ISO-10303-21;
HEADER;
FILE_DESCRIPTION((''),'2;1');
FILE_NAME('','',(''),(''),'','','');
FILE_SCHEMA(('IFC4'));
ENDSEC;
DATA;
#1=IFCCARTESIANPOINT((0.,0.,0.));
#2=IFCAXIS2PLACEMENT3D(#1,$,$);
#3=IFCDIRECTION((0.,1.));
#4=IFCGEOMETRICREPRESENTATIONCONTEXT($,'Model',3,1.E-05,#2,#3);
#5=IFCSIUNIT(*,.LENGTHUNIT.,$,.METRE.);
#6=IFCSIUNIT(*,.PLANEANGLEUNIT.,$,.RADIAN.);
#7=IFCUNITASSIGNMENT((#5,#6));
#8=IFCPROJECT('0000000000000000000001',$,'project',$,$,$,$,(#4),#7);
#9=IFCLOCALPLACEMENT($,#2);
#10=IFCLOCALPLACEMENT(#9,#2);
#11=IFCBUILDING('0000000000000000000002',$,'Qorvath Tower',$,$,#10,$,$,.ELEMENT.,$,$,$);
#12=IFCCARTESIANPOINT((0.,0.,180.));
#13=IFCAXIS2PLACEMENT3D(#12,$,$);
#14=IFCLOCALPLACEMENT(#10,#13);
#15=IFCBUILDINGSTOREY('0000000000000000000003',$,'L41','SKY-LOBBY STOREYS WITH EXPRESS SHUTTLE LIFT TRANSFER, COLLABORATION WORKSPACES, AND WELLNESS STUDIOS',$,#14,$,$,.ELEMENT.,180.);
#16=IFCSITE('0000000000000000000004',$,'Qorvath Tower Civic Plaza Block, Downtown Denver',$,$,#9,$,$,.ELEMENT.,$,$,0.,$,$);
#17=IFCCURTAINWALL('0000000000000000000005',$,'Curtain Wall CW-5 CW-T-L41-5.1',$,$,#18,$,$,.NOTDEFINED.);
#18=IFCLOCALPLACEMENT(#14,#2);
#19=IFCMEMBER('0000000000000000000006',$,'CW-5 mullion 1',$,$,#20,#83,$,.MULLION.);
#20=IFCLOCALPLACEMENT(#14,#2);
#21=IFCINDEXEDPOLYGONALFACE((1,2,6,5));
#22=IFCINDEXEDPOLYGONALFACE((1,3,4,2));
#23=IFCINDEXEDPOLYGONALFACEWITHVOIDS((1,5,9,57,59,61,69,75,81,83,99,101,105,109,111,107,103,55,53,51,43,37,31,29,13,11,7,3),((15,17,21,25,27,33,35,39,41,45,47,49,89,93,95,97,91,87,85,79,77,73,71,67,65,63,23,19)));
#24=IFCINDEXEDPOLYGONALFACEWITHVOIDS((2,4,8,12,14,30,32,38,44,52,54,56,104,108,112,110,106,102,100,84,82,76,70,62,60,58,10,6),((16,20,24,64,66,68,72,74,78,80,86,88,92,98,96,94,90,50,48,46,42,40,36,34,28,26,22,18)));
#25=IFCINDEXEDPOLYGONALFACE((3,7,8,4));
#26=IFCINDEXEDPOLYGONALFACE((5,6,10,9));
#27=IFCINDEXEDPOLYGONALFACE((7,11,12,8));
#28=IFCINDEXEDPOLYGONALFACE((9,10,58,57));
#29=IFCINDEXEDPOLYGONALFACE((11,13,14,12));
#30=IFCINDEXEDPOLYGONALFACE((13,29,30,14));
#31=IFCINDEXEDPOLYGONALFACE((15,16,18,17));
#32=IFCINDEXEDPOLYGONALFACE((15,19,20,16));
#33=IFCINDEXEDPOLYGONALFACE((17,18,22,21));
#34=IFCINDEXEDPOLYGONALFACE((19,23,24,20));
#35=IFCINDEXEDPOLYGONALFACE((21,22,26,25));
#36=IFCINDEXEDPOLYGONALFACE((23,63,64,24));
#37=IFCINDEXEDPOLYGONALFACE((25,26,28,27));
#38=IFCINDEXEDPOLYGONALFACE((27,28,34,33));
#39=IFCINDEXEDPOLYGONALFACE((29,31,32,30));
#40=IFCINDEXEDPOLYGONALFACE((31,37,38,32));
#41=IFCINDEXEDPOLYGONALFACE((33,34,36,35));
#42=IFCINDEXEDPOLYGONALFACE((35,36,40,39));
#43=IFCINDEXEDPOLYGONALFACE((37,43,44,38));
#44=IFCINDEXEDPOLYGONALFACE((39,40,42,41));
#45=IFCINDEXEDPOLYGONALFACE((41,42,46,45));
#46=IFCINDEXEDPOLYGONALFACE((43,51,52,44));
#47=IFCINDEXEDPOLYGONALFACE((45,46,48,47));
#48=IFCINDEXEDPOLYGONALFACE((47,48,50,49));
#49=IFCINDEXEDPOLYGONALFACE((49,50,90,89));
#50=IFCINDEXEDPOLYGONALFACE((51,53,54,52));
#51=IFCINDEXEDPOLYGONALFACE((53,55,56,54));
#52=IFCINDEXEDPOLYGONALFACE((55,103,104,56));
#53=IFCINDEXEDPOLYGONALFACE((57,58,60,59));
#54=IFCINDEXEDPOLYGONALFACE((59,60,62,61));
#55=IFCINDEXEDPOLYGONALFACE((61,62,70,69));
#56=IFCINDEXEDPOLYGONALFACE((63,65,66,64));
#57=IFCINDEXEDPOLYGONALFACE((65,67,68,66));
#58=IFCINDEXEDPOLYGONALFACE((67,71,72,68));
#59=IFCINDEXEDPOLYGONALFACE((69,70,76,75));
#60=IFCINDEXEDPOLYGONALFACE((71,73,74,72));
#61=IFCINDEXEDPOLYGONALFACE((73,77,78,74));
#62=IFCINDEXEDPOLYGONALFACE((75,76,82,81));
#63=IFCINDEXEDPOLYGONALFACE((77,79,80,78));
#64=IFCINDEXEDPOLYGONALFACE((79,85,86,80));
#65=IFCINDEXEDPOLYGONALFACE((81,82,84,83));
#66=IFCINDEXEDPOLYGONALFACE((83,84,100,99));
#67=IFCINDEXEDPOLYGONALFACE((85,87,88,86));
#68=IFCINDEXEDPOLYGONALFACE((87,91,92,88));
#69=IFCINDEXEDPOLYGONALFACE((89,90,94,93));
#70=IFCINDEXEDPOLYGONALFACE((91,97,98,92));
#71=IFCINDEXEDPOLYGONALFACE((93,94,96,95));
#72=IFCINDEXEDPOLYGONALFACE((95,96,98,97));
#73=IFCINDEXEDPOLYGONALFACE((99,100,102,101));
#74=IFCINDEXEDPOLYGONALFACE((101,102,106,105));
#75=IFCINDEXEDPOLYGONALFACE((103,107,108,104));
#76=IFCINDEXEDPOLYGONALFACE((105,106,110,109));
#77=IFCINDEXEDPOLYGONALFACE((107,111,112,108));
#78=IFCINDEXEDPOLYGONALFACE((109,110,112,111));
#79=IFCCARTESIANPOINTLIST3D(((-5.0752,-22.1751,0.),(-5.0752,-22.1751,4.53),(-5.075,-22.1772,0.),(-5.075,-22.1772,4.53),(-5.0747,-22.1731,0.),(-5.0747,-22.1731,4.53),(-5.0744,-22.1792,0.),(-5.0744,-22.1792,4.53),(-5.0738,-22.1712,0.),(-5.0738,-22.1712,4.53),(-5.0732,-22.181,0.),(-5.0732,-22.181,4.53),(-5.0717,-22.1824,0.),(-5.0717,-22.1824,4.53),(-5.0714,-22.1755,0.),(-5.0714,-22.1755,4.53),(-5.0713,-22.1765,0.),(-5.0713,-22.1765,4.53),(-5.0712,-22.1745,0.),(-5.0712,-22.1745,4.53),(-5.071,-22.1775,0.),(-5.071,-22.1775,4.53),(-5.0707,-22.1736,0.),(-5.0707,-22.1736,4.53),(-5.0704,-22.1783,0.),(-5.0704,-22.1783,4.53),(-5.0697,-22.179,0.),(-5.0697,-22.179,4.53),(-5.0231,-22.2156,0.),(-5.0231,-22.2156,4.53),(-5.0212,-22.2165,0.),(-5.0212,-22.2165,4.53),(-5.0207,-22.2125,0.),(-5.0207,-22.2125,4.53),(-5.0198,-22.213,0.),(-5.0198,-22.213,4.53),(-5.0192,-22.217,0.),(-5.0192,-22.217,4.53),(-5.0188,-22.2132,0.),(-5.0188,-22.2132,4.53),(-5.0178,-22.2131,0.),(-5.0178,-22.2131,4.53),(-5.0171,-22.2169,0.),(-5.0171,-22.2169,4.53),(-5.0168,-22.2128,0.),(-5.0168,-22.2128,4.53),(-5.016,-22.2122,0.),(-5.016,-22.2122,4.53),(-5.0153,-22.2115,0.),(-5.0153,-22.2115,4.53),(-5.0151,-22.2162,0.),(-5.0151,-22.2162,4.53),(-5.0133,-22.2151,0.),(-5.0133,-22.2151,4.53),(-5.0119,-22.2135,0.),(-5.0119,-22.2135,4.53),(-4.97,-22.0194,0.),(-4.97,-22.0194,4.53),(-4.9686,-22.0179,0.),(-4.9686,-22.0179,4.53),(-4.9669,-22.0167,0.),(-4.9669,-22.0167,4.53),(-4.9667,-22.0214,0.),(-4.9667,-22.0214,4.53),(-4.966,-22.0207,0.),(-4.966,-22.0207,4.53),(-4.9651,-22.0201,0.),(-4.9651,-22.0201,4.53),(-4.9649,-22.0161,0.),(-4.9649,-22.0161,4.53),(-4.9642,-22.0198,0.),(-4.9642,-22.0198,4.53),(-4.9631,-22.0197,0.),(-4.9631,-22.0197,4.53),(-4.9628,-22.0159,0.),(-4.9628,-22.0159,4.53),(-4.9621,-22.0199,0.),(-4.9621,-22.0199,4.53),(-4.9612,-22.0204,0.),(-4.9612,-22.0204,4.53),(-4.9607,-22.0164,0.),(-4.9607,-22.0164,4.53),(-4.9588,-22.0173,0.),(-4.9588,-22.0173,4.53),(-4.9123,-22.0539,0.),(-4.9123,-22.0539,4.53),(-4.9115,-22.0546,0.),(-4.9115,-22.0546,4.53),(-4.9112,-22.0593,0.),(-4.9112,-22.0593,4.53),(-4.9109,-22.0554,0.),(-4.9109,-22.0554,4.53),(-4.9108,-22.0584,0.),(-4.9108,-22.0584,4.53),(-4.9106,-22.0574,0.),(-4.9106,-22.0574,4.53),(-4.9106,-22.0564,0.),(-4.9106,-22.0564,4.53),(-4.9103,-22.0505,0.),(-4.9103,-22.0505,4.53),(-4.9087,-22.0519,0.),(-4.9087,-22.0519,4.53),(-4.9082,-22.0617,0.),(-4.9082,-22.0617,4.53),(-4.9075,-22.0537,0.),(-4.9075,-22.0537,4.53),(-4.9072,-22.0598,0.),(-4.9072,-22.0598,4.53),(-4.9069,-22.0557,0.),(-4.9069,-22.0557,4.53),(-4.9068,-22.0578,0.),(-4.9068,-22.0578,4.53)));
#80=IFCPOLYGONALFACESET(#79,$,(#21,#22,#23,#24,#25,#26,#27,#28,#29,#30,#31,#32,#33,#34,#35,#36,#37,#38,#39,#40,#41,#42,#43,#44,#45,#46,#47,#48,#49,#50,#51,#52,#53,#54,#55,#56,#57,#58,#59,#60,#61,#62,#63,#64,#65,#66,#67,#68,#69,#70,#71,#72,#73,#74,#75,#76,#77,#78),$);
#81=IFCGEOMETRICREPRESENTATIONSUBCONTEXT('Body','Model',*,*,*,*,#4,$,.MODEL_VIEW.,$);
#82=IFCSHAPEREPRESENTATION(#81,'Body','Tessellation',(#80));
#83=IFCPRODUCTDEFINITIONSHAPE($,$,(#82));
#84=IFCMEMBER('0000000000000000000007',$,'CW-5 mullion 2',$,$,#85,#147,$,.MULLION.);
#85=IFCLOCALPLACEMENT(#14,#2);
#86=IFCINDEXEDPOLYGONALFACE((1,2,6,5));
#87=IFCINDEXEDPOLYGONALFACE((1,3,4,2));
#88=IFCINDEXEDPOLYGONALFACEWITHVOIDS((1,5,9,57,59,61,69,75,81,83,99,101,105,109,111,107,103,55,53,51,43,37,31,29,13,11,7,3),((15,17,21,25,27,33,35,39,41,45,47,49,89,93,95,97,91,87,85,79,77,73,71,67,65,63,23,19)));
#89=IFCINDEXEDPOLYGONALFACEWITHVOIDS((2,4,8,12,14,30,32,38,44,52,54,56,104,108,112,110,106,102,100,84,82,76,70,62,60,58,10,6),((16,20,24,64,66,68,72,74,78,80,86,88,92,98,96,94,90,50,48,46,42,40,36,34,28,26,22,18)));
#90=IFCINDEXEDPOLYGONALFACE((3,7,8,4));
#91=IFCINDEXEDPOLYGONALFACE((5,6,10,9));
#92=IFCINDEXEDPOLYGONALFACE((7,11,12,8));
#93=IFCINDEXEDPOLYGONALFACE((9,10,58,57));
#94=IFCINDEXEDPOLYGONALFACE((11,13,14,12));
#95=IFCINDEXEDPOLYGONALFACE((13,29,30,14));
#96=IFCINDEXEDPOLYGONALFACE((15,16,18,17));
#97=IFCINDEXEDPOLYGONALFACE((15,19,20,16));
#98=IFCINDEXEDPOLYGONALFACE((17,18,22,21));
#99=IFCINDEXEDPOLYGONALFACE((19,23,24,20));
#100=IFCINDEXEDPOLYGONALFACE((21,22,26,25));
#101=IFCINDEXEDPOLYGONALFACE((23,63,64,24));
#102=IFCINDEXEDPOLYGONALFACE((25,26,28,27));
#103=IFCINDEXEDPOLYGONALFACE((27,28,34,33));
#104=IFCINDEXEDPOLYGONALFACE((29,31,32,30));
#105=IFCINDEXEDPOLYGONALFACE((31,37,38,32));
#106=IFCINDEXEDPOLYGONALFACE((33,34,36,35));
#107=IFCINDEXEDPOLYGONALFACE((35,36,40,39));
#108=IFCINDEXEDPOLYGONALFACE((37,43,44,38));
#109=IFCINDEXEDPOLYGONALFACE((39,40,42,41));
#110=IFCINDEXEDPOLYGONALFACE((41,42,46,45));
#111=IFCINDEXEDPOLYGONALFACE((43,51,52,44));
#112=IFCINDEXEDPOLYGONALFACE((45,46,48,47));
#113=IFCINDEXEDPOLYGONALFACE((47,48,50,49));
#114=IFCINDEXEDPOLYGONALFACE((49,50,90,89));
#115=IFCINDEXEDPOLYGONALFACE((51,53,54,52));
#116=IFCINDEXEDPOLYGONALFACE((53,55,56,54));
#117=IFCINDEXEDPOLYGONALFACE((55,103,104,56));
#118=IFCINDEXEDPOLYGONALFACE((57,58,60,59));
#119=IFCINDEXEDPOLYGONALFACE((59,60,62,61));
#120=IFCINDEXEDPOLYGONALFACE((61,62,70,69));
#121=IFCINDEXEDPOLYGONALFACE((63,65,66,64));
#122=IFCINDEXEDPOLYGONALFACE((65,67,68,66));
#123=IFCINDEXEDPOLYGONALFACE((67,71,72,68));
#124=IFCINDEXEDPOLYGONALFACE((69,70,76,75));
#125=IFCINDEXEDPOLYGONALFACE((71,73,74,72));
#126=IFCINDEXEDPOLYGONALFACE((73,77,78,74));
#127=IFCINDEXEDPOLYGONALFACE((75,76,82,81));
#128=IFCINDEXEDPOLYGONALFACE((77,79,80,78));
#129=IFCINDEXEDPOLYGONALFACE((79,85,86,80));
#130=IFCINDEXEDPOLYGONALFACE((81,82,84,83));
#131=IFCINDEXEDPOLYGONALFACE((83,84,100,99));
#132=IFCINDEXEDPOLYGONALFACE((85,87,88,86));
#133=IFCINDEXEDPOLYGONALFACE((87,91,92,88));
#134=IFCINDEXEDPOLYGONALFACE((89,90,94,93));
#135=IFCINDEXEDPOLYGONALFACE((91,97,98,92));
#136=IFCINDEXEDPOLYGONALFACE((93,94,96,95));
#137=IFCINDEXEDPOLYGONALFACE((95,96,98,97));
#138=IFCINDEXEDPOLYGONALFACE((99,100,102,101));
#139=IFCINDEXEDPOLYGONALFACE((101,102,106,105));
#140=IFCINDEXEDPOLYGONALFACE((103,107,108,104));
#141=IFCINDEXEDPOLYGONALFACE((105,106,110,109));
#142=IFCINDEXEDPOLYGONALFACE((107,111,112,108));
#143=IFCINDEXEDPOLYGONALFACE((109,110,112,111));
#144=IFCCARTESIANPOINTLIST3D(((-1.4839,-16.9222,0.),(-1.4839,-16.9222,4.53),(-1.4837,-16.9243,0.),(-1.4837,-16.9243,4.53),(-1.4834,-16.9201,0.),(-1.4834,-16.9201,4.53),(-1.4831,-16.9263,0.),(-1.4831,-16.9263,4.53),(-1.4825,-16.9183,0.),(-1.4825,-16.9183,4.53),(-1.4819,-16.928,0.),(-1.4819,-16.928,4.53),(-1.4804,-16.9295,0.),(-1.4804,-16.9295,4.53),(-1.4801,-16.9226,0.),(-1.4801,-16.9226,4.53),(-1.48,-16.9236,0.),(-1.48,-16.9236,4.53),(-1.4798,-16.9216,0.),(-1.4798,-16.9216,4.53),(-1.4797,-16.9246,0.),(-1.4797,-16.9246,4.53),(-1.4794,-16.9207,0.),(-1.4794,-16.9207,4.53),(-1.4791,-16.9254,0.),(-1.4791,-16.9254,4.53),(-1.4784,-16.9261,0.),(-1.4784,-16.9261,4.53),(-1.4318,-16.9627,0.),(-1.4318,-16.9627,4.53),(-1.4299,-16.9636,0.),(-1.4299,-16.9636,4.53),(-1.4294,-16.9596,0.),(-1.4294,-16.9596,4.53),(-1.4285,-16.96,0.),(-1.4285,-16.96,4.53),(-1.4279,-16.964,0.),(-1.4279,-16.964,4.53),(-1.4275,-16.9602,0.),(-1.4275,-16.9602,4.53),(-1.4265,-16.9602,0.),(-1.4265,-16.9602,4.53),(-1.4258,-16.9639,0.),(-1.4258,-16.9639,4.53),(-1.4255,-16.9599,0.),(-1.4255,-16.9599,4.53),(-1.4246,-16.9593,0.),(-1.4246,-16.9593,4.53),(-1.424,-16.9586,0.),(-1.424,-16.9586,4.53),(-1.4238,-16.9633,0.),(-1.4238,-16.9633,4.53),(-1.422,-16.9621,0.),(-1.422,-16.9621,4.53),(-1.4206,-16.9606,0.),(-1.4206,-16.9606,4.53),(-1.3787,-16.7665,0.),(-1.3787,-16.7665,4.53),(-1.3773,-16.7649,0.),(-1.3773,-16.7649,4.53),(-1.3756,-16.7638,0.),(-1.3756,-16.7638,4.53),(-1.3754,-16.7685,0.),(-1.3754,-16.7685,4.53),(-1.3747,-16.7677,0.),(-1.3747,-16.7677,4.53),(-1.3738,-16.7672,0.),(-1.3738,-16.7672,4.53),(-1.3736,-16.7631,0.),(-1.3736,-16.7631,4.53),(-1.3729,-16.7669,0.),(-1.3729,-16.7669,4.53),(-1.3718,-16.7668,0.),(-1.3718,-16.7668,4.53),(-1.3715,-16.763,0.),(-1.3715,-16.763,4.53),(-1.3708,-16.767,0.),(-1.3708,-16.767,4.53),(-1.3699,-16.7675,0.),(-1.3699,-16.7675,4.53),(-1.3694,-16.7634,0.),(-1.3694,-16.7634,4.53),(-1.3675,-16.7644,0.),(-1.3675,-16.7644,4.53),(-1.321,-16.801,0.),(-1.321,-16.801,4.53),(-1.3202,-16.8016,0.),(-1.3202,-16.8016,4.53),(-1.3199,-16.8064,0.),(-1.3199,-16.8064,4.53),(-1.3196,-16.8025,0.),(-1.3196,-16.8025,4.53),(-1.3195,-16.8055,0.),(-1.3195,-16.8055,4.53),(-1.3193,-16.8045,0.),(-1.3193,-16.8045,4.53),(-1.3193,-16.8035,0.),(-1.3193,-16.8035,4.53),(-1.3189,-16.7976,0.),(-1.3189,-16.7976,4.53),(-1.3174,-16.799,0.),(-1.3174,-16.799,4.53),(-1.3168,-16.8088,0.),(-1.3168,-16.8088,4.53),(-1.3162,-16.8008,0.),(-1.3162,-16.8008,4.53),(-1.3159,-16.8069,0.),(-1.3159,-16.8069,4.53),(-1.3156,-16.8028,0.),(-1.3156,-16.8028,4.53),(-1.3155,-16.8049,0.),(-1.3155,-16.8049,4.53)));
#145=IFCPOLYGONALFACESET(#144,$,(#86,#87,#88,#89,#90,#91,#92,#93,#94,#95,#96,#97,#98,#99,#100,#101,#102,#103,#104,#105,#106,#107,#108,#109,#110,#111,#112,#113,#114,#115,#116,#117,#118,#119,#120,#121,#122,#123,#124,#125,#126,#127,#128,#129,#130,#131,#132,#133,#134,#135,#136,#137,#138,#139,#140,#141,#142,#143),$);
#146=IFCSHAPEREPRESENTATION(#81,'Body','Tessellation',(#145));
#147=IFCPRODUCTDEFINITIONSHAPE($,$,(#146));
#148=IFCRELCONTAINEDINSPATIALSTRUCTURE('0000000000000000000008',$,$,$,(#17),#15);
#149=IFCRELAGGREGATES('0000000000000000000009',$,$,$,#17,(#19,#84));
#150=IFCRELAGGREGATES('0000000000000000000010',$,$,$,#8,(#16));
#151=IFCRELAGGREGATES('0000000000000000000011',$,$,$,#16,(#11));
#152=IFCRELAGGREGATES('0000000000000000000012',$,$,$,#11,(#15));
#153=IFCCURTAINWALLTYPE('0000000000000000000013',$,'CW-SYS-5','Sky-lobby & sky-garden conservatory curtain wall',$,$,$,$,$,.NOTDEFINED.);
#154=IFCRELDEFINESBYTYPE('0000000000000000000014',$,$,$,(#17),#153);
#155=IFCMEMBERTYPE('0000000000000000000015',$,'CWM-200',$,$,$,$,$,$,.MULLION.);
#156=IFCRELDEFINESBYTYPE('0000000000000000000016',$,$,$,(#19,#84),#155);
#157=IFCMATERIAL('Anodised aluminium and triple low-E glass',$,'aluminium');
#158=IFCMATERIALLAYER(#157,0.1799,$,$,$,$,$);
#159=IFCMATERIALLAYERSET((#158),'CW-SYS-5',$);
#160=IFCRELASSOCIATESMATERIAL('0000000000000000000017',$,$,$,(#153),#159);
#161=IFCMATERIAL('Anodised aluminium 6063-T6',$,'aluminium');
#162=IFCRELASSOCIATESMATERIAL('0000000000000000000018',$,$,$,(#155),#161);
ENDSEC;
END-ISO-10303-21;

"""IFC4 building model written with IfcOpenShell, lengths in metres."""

from ifc_helpers import new_model, si_unit, direction, frame, origin, origin_2d, place, context, subcontext, project, spatial, hollow_rectangle, extrude, material, layer, layer_set, material_profile, profile_set, type_object, element, aggregate, save


model = new_model("IFC4")

# Units and contexts
model_context = context("Model", 3, precision=1e-05, world=origin(), true_north=direction((0.0, 1.0)))
body_context = subcontext(model_context, "Body", "Model", "MODEL_VIEW")
ifc_project = project(units=[si_unit("LENGTHUNIT", "METRE"), si_unit("PLANEANGLEUNIT", "RADIAN")], contexts=[model_context])

# Site, building, storey
site_placement = place(None, origin())
site = spatial("IfcSite", under=ifc_project, at=site_placement, Name="Qorvath Tower Civic Plaza Block, Downtown Denver", CompositionType="ELEMENT", RefElevation=0.0)
building_placement = place(site_placement, origin())
building = spatial("IfcBuilding", under=site, at=building_placement, Name="Qorvath Tower", CompositionType="ELEMENT")
storey_placement = place(building_placement, frame((0.0, 0.0, 180.0)))
storey = spatial("IfcBuildingStorey", under=building, at=storey_placement, Name="L41", Description="SKY-LOBBY STOREYS WITH EXPRESS SHUTTLE LIFT TRANSFER, COLLABORATION WORKSPACES, AND WELLNESS STUDIOS", CompositionType="ELEMENT", Elevation=180.0)

# Curtain wall, members
ifc_material_1 = material(Name="Anodised aluminium and triple low-E glass", Category="aluminium")
ifc_layer_1 = layer(ifc_material_1, 0.1799)
ifc_layer_set_1 = layer_set([ifc_layer_1], Name="CW-SYS-5")
curtain_wall_type = type_object("IfcCurtainWallType", Name="CW-SYS-5", Description="Sky-lobby & sky-garden conservatory curtain wall", PredefinedType="NOTDEFINED", material=ifc_layer_set_1)
ifc_material_2 = material(Name="Anodised aluminium 6063-T6", Category="aluminium")
ifc_material_profile_1 = material_profile(ifc_material_2, hollow_rectangle(XDim=0.075, YDim=0.2, WallThickness=0.0039, InnerFilletRadius=0.0039, OuterFilletRadius=0.0081, at=origin_2d()), Name="CWM 200x75")
ifc_profile_set_1 = profile_set([ifc_material_profile_1], Name="Anodised aluminium 6063-T6")
member_type_1 = type_object("IfcMemberType", Name="CWM-200", PredefinedType="MULLION", material=ifc_profile_set_1)
curtain_wall_1_placement = place(storey_placement, origin())
curtain_wall_1 = element("IfcCurtainWall", 1, at=curtain_wall_1_placement, inside=storey, type_object=curtain_wall_type, Name="Curtain Wall CW-5 CW-T-L41-5.1", PredefinedType="NOTDEFINED")
member_1_placement = place(storey_placement, frame((-4.991, -22.1165, 0.0), z_axis=(0.0, 0.0, 1.0), x_axis=(-0.825508, 0.56439, 0.0)))
member_1 = element("IfcMember", 2, at=member_1_placement, type_object=member_type_1, Name="CW-5 mullion 1", PredefinedType="MULLION", context=body_context, shape_type="SweptSolid", body=[
    extrude(hollow_rectangle(XDim=0.075, YDim=0.2, WallThickness=0.0039, InnerFilletRadius=0.0039, OuterFilletRadius=0.0081, at=origin_2d()), origin(), (0.0, 0.0, 1.0), 4.53),
])
member_2_placement = place(storey_placement, frame((-1.3997, -16.8635, 0.0), z_axis=(0.0, 0.0, 1.0), x_axis=(-0.825508, 0.56439, 0.0)))
member_2 = element("IfcMember", 3, at=member_2_placement, type_object=member_type_1, Name="CW-5 mullion 2", PredefinedType="MULLION", context=body_context, shape_type="SweptSolid", body=[
    extrude(hollow_rectangle(XDim=0.075, YDim=0.2, WallThickness=0.0039, InnerFilletRadius=0.0039, OuterFilletRadius=0.0081, at=origin_2d()), origin(), (0.0, 0.0, 1.0), 4.53),
])

aggregate(curtain_wall_1, [member_1, member_2])

save(model, "model.ifc")
